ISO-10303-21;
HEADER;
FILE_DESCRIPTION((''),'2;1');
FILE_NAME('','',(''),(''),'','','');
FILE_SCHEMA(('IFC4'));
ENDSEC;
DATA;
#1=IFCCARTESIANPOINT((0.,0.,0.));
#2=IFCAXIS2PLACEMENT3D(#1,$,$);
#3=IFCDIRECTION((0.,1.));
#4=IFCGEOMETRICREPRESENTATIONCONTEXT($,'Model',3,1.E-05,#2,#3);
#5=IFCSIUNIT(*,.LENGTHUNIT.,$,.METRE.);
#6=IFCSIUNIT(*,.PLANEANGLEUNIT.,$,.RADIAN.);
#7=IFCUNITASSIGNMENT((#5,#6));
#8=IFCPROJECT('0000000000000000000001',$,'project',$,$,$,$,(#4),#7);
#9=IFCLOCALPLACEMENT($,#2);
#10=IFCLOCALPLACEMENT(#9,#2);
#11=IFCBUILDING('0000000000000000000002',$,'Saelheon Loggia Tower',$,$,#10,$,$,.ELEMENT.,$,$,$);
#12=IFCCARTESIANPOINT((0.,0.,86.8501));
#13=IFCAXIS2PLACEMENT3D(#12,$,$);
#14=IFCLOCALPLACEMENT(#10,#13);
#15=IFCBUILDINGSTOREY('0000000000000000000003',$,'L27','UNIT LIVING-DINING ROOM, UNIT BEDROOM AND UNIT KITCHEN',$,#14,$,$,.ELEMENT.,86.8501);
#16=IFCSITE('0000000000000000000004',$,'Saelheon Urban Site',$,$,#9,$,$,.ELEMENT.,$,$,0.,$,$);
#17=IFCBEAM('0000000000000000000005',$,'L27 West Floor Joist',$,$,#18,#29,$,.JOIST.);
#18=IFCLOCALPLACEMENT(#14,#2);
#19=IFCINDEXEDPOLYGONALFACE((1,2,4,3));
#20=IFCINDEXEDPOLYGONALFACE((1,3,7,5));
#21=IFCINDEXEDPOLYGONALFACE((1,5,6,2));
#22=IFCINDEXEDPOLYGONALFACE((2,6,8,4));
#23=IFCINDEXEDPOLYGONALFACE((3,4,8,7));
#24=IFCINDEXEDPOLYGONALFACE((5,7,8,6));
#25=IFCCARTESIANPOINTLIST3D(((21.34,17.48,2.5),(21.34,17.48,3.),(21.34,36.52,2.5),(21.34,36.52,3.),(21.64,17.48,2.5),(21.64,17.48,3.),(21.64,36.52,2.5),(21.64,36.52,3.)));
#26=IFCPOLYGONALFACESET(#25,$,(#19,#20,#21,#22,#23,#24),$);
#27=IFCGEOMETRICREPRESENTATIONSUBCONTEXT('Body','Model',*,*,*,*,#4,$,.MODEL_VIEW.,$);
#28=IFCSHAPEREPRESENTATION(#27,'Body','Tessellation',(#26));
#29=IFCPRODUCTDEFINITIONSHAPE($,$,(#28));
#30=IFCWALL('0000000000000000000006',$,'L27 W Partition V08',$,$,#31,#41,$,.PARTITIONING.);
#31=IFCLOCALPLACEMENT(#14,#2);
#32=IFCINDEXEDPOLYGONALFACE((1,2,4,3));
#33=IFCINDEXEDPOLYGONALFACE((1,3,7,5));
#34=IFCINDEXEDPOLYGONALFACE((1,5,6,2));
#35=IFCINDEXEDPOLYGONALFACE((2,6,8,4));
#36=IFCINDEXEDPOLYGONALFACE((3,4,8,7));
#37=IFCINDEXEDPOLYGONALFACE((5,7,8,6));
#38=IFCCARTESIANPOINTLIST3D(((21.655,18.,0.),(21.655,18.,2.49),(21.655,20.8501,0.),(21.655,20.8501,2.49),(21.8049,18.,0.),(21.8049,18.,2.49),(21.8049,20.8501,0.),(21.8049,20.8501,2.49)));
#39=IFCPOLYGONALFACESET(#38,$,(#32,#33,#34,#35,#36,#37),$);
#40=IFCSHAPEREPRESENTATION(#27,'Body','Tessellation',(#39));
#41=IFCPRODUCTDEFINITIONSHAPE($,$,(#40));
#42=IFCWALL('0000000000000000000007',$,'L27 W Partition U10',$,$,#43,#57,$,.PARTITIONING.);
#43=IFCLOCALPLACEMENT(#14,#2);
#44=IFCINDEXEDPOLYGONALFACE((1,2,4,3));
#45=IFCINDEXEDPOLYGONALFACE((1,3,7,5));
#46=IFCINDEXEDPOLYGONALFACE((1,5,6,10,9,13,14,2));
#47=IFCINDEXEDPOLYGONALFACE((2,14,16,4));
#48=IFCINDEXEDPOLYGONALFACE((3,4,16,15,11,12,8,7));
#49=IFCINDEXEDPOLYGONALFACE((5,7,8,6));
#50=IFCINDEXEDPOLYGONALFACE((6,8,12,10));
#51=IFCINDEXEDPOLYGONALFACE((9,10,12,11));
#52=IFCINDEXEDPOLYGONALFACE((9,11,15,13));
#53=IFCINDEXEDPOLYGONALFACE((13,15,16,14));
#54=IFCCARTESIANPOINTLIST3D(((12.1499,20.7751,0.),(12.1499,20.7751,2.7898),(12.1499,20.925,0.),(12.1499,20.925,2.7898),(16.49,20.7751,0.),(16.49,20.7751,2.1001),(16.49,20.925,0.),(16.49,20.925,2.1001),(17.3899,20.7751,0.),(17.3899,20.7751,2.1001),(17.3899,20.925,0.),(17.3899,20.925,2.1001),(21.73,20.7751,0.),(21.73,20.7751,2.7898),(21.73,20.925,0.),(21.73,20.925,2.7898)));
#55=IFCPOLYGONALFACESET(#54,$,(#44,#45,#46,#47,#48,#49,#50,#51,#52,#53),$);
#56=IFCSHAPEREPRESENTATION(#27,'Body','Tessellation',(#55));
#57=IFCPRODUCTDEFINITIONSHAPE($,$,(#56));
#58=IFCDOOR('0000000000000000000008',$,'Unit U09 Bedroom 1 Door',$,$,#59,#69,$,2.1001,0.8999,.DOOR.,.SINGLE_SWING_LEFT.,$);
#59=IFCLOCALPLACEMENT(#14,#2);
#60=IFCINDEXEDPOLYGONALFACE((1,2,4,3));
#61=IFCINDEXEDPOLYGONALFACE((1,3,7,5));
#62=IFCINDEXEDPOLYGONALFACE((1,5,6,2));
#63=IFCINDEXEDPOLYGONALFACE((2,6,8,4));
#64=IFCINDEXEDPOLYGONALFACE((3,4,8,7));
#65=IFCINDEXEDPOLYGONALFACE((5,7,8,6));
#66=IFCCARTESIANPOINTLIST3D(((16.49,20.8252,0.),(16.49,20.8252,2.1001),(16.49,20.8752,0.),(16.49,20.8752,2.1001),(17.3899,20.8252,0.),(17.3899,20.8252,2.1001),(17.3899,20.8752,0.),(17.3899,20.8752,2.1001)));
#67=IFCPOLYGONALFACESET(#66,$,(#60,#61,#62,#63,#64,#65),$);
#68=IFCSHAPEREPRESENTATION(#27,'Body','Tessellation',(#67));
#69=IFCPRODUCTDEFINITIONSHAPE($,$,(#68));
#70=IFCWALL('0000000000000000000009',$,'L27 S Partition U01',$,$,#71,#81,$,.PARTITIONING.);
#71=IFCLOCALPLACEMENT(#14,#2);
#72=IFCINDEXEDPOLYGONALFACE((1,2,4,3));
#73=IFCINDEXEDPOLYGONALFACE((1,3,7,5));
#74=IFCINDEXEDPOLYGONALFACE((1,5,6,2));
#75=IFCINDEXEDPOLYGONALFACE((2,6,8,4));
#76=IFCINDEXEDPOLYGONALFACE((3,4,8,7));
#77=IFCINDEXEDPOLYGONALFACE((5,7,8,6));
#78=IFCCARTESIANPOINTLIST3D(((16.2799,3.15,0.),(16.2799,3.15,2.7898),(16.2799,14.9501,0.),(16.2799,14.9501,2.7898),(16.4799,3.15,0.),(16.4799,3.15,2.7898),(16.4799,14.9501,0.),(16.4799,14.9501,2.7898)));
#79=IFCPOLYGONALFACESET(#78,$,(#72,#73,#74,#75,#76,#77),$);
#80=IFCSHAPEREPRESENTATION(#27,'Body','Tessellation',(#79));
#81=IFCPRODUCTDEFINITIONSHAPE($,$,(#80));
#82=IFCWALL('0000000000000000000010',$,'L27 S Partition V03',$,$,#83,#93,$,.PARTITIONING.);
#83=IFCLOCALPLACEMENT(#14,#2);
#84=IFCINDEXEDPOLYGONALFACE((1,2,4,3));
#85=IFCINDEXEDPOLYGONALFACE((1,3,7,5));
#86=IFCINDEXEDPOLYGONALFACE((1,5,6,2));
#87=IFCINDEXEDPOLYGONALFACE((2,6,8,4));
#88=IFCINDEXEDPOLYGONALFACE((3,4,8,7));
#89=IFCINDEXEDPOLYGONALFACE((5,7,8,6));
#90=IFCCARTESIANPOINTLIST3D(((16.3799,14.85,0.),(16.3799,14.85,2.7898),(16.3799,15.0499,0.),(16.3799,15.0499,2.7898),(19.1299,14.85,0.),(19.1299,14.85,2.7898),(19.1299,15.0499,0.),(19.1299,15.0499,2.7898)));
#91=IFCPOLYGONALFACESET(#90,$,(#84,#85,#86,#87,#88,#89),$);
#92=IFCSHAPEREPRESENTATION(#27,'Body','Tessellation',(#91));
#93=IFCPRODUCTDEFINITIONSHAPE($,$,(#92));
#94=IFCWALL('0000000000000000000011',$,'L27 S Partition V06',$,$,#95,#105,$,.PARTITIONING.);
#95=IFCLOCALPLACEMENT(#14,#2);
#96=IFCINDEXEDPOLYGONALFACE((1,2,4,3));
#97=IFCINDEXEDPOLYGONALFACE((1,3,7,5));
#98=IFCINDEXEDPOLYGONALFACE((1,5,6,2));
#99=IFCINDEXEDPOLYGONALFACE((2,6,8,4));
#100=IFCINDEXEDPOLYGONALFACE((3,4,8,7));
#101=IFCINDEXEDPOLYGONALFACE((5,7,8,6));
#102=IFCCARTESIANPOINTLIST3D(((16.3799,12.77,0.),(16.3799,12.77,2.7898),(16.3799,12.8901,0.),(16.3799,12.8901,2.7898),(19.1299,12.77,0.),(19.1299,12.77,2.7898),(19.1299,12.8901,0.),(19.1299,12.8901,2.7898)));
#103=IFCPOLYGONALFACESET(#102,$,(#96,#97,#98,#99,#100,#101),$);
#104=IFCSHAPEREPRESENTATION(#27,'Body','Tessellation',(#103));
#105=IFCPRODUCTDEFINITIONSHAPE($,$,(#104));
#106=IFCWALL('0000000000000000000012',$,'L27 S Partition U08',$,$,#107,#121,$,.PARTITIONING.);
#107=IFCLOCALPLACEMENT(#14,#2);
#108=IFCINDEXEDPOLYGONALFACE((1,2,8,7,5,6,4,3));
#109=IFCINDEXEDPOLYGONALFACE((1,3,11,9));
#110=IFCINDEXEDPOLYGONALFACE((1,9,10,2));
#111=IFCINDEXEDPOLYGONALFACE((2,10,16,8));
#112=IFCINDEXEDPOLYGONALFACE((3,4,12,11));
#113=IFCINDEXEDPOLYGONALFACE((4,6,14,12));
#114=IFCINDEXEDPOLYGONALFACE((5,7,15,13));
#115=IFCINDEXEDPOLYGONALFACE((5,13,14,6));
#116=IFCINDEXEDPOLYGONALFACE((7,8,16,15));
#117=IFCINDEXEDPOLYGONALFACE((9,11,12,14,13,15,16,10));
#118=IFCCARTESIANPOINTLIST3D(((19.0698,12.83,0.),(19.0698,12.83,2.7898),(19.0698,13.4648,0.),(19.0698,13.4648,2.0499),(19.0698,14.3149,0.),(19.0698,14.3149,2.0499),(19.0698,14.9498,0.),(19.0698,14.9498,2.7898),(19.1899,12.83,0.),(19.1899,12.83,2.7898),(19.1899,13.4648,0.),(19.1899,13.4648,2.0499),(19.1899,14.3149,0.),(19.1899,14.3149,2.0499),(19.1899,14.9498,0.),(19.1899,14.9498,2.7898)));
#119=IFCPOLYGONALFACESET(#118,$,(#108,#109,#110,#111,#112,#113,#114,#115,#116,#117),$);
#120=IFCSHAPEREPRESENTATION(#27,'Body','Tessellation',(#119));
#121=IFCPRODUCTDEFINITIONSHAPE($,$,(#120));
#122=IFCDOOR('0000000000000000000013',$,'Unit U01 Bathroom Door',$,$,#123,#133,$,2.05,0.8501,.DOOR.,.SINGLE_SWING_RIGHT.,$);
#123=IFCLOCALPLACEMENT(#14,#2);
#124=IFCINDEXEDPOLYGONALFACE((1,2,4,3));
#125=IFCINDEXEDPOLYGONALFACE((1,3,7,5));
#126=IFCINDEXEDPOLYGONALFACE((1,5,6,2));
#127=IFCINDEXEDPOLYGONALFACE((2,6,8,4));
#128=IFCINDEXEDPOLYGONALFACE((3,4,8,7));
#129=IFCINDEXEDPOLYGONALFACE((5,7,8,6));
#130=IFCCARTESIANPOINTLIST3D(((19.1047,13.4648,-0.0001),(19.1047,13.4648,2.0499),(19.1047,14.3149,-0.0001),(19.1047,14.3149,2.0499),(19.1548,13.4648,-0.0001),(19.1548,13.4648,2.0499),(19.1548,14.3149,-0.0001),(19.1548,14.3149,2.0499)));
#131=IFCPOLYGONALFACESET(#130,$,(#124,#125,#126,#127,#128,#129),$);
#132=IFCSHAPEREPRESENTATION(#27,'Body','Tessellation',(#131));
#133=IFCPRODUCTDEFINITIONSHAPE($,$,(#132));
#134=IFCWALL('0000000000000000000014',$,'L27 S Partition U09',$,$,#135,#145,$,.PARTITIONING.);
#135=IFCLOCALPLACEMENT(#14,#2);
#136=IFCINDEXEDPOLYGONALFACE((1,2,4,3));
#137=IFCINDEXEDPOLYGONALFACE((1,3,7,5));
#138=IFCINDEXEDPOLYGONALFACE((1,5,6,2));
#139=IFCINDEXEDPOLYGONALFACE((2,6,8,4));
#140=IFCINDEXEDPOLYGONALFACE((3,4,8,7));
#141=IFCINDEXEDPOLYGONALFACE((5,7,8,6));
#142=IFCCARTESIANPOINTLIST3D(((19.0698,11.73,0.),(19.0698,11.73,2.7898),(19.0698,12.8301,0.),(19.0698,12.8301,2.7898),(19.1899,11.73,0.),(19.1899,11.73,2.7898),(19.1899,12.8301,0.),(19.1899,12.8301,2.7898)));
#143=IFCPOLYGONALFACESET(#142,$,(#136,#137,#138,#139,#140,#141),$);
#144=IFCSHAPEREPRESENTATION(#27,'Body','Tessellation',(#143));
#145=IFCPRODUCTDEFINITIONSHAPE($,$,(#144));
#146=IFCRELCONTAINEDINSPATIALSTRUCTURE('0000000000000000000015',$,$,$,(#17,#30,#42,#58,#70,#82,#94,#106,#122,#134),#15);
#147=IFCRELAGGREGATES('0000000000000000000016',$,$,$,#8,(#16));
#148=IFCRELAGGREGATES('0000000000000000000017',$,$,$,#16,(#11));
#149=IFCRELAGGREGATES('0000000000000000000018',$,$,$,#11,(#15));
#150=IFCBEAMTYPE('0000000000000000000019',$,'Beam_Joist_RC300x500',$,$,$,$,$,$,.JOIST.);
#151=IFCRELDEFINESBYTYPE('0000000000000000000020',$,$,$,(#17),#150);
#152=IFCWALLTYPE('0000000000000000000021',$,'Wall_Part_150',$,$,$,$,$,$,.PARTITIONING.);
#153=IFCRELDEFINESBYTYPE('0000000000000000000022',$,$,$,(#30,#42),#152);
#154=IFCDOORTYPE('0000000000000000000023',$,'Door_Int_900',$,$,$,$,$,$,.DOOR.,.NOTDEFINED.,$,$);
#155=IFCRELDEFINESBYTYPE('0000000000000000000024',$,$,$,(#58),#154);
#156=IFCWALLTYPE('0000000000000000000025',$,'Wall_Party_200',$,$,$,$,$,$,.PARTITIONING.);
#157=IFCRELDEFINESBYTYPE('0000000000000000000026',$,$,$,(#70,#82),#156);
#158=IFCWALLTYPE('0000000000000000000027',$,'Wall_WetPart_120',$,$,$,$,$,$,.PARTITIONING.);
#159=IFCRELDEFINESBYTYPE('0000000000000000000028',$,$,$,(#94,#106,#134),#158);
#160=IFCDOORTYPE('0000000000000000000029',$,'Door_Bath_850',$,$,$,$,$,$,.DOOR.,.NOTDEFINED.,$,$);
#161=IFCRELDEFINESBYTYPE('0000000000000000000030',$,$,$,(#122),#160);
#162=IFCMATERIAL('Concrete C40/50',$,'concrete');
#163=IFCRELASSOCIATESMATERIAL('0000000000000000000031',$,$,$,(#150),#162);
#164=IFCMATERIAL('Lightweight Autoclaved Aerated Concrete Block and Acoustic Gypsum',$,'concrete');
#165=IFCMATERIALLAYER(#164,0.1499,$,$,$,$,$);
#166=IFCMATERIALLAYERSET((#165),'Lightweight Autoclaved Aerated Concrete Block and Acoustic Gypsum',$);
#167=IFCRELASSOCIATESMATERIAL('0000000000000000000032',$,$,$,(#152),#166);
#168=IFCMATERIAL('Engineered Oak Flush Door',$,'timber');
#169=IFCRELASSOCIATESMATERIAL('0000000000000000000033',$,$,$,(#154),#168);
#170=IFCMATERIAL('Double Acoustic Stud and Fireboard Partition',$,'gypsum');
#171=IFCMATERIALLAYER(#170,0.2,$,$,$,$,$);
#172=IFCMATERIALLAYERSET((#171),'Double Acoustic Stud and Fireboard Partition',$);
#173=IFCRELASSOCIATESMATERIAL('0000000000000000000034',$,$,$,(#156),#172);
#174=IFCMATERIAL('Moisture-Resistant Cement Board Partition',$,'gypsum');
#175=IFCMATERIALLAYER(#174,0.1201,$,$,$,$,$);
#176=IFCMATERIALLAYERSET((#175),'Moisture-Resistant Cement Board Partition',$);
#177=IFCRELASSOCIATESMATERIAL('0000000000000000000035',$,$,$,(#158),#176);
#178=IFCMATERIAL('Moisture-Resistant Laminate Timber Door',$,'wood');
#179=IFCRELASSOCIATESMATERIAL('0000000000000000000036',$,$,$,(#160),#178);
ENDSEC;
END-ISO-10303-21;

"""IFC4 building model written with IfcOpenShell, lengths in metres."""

from ifc_helpers import new_model, si_unit, direction, frame, frame_2d, origin, origin_2d, place, context, subcontext, project, spatial, rectangle, extrude, source, transform, mapped, material, layer, layer_set, material_profile, profile_set, type_object, element, fill, save


model = new_model("IFC4")

# Units and contexts
model_context = context("Model", 3, precision=1e-05, world=origin(), true_north=direction((0.0, 1.0)))
body_context = subcontext(model_context, "Body", "Model", "MODEL_VIEW")
ifc_project = project(units=[si_unit("LENGTHUNIT", "METRE"), si_unit("PLANEANGLEUNIT", "RADIAN")], contexts=[model_context])

# Site, building, storey
site_placement = place(None, origin())
site = spatial("IfcSite", under=ifc_project, at=site_placement, Name="Saelheon Urban Site", CompositionType="ELEMENT", RefElevation=0.0)
building_placement = place(site_placement, origin())
building = spatial("IfcBuilding", under=site, at=building_placement, Name="Saelheon Loggia Tower", CompositionType="ELEMENT")
storey_placement = place(building_placement, frame((0.0, 0.0, 86.8501)))
storey = spatial("IfcBuildingStorey", under=building, at=storey_placement, Name="L27", Description="UNIT LIVING-DINING ROOM, UNIT BEDROOM AND UNIT KITCHEN", CompositionType="ELEMENT", Elevation=86.8501)

# Beam
ifc_material_1 = material(Name="Concrete C40/50", Category="concrete")
ifc_material_profile = material_profile(ifc_material_1, rectangle(XDim=0.3, YDim=0.5, at=origin_2d()), Name="RC-300x500")
ifc_profile_set = profile_set([ifc_material_profile], Name="Concrete C40/50")
beam_type = type_object("IfcBeamType", Name="Beam_Joist_RC300x500", PredefinedType="JOIST", material=ifc_profile_set)
shared_shape_1 = source(origin(), body_context, "Body", "SweptSolid", [
    extrude(rectangle(XDim=0.3, YDim=0.5, at=origin_2d()), origin(), (0.0, 0.0, 1.0), 19.04),
])
beam_placement = place(storey_placement, frame((21.49, 17.48, 2.75), z_axis=(0.0, 1.0, 0.0), x_axis=(-1.0, 0.0, 0.0)))
element("IfcBeam", 1, at=beam_placement, inside=storey, type_object=beam_type, Name="L27 West Floor Joist", PredefinedType="JOIST", context=body_context, shape_type="MappedRepresentation", body=[
    mapped(shared_shape_1, transform((0.0, 0.0, 0.0), scale=1.0)),
])

# Wall
ifc_material_2 = material(Name="Lightweight Autoclaved Aerated Concrete Block and Acoustic Gypsum", Category="concrete")
ifc_layer_1 = layer(ifc_material_2, 0.1499)
ifc_layer_set_1 = layer_set([ifc_layer_1], Name="Lightweight Autoclaved Aerated Concrete Block and Acoustic Gypsum")
wall_type_1 = type_object("IfcWallType", Name="Wall_Part_150", PredefinedType="PARTITIONING", material=ifc_layer_set_1)
wall_1_placement = place(storey_placement, frame((21.73, 18.0, 0.0), z_axis=(0.0, 0.0, 1.0), x_axis=(0.0, 1.0, 0.0)))
element("IfcWall", 2, at=wall_1_placement, inside=storey, type_object=wall_type_1, Name="L27 W Partition V08", PredefinedType="PARTITIONING", context=body_context, shape_type="SweptSolid", body=[
    extrude(rectangle(XDim=2.8501, YDim=0.1499, at=frame_2d((1.425, 0.0))), origin(), (0.0, 0.0, 1.0), 2.49),
])

# Wall, opening, door
wall_2_placement = place(storey_placement, frame((21.73, 20.8501, 0.0), z_axis=(0.0, 0.0, 1.0), x_axis=(-1.0, 0.0, 0.0)))
wall_2 = element("IfcWall", 3, at=wall_2_placement, inside=storey, type_object=wall_type_1, Name="L27 W Partition U10", PredefinedType="PARTITIONING", context=body_context, shape_type="SweptSolid", body=[
    extrude(rectangle(XDim=9.5801, YDim=0.1499, at=frame_2d((4.79, 0.0))), origin(), (0.0, 0.0, 1.0), 2.7898),
])
opening_1_placement = place(wall_2_placement, frame((4.3401, 0.0, 0.0)))
opening_1 = element("IfcOpeningElement", 4, at=opening_1_placement, cuts=wall_2, PredefinedType="OPENING", context=body_context, shape_type="SweptSolid", body=[
    extrude(rectangle(XDim=0.8999, YDim=2.1001, at=frame_2d((0.45, 1.05))), frame((0.0, 0.0869, 0.0), z_axis=(0.0, -1.0, 0.0), x_axis=(1.0, 0.0, 0.0)), (0.0, 0.0, 1.0), 0.1738),
])
ifc_material_3 = material(Name="Engineered Oak Flush Door", Category="timber")
door_type_1 = type_object("IfcDoorType", Name="Door_Int_900", OperationType="NOTDEFINED", PredefinedType="DOOR", material=ifc_material_3)
shared_shape_2 = source(origin(), body_context, "Body", "SweptSolid", [
    extrude(rectangle(XDim=0.8999, YDim=2.1001, at=frame_2d((0.45, 1.05))), frame((0.0, 0.0249, 0.0), z_axis=(0.0, -1.0, 0.0), x_axis=(1.0, 0.0, 0.0)), (0.0, 0.0, 1.0), 0.05),
])
door_1_placement = place(opening_1_placement, origin())
door_1 = element("IfcDoor", 5, at=door_1_placement, inside=storey, type_object=door_type_1, Name="Unit U09 Bedroom 1 Door", OperationType="SINGLE_SWING_LEFT", OverallHeight=2.1001, OverallWidth=0.8999, PredefinedType="DOOR", context=body_context, shape_type="MappedRepresentation", body=[
    mapped(shared_shape_2, transform((0.0, 0.0, 0.0), scale=1.0)),
])
fill(opening_1, door_1)

# Walls
ifc_material_4 = material(Name="Double Acoustic Stud and Fireboard Partition", Category="gypsum")
ifc_layer_2 = layer(ifc_material_4, 0.2)
ifc_layer_set_2 = layer_set([ifc_layer_2], Name="Double Acoustic Stud and Fireboard Partition")
wall_type_2 = type_object("IfcWallType", Name="Wall_Party_200", PredefinedType="PARTITIONING", material=ifc_layer_set_2)
wall_3_placement = place(storey_placement, frame((16.3799, 14.95, 0.0), z_axis=(0.0, 0.0, 1.0), x_axis=(0.0, -1.0, 0.0)))
element("IfcWall", 6, at=wall_3_placement, inside=storey, type_object=wall_type_2, Name="L27 S Partition U01", PredefinedType="PARTITIONING", context=body_context, shape_type="SweptSolid", body=[
    extrude(rectangle(XDim=11.8, YDim=0.2, at=frame_2d((5.8999, 0.0))), origin(), (0.0, 0.0, 1.0), 2.7898),
])
wall_4_placement = place(storey_placement, frame((16.3799, 14.95, 0.0), z_axis=(0.0, 0.0, 1.0), x_axis=(1.0, 0.0, 0.0)))
element("IfcWall", 7, at=wall_4_placement, inside=storey, type_object=wall_type_2, Name="L27 S Partition V03", PredefinedType="PARTITIONING", context=body_context, shape_type="SweptSolid", body=[
    extrude(rectangle(XDim=2.75, YDim=0.2, at=frame_2d((1.375, 0.0))), origin(), (0.0, 0.0, 1.0), 2.7898),
])

# Wall
ifc_material_5 = material(Name="Moisture-Resistant Cement Board Partition", Category="gypsum")
ifc_layer_3 = layer(ifc_material_5, 0.1201)
ifc_layer_set_3 = layer_set([ifc_layer_3], Name="Moisture-Resistant Cement Board Partition")
wall_type_3 = type_object("IfcWallType", Name="Wall_WetPart_120", PredefinedType="PARTITIONING", material=ifc_layer_set_3)
wall_5_placement = place(storey_placement, frame((16.3799, 12.8301, 0.0), z_axis=(0.0, 0.0, 1.0), x_axis=(1.0, 0.0, 0.0)))
element("IfcWall", 8, at=wall_5_placement, inside=storey, type_object=wall_type_3, Name="L27 S Partition V06", PredefinedType="PARTITIONING", context=body_context, shape_type="SweptSolid", body=[
    extrude(rectangle(XDim=2.75, YDim=0.1201, at=frame_2d((1.375, 0.0))), origin(), (0.0, 0.0, 1.0), 2.7898),
])

# Wall, opening, door
wall_6_placement = place(storey_placement, frame((19.1299, 14.95, 0.0), z_axis=(0.0, 0.0, 1.0), x_axis=(0.0, -1.0, 0.0)))
wall_6 = element("IfcWall", 9, at=wall_6_placement, inside=storey, type_object=wall_type_3, Name="L27 S Partition U08", PredefinedType="PARTITIONING", context=body_context, shape_type="SweptSolid", body=[
    extrude(rectangle(XDim=2.1199, YDim=0.1201, at=frame_2d((1.0601, 0.0))), origin(), (0.0, 0.0, 1.0), 2.7898),
])
opening_2_placement = place(wall_6_placement, frame((0.635, 0.0, 0.0)))
opening_2 = element("IfcOpeningElement", 10, at=opening_2_placement, cuts=wall_6, PredefinedType="OPENING", context=body_context, shape_type="SweptSolid", body=[
    extrude(rectangle(XDim=0.8501, YDim=2.05, at=frame_2d((0.425, 1.0249))), frame((0.0, 0.072, 0.0), z_axis=(0.0, -1.0, 0.0), x_axis=(1.0, 0.0, 0.0)), (0.0, 0.0, 1.0), 0.144),
])
ifc_material_6 = material(Name="Moisture-Resistant Laminate Timber Door", Category="wood")
door_type_2 = type_object("IfcDoorType", Name="Door_Bath_850", OperationType="NOTDEFINED", PredefinedType="DOOR", material=ifc_material_6)
shared_shape_3 = source(origin(), body_context, "Body", "SweptSolid", [
    extrude(rectangle(XDim=0.8501, YDim=2.05, at=frame_2d((0.425, 1.0249))), frame((0.0, 0.0249, 0.0), z_axis=(0.0, -1.0, 0.0), x_axis=(1.0, 0.0, 0.0)), (0.0, 0.0, 1.0), 0.05),
])
door_2_placement = place(opening_2_placement, origin())
door_2 = element("IfcDoor", 11, at=door_2_placement, inside=storey, type_object=door_type_2, Name="Unit U01 Bathroom Door", OperationType="SINGLE_SWING_RIGHT", OverallHeight=2.05, OverallWidth=0.8501, PredefinedType="DOOR", context=body_context, shape_type="MappedRepresentation", body=[
    mapped(shared_shape_3, transform((0.0, 0.0, 0.0), scale=1.0)),
])
fill(opening_2, door_2)

# Wall
wall_7_placement = place(storey_placement, frame((19.1299, 12.8301, 0.0), z_axis=(0.0, 0.0, 1.0), x_axis=(0.0, -1.0, 0.0)))
element("IfcWall", 12, at=wall_7_placement, inside=storey, type_object=wall_type_3, Name="L27 S Partition U09", PredefinedType="PARTITIONING", context=body_context, shape_type="SweptSolid", body=[
    extrude(rectangle(XDim=1.1001, YDim=0.1201, at=frame_2d((0.55, 0.0))), origin(), (0.0, 0.0, 1.0), 2.7898),
])

save(model, "model.ifc")
